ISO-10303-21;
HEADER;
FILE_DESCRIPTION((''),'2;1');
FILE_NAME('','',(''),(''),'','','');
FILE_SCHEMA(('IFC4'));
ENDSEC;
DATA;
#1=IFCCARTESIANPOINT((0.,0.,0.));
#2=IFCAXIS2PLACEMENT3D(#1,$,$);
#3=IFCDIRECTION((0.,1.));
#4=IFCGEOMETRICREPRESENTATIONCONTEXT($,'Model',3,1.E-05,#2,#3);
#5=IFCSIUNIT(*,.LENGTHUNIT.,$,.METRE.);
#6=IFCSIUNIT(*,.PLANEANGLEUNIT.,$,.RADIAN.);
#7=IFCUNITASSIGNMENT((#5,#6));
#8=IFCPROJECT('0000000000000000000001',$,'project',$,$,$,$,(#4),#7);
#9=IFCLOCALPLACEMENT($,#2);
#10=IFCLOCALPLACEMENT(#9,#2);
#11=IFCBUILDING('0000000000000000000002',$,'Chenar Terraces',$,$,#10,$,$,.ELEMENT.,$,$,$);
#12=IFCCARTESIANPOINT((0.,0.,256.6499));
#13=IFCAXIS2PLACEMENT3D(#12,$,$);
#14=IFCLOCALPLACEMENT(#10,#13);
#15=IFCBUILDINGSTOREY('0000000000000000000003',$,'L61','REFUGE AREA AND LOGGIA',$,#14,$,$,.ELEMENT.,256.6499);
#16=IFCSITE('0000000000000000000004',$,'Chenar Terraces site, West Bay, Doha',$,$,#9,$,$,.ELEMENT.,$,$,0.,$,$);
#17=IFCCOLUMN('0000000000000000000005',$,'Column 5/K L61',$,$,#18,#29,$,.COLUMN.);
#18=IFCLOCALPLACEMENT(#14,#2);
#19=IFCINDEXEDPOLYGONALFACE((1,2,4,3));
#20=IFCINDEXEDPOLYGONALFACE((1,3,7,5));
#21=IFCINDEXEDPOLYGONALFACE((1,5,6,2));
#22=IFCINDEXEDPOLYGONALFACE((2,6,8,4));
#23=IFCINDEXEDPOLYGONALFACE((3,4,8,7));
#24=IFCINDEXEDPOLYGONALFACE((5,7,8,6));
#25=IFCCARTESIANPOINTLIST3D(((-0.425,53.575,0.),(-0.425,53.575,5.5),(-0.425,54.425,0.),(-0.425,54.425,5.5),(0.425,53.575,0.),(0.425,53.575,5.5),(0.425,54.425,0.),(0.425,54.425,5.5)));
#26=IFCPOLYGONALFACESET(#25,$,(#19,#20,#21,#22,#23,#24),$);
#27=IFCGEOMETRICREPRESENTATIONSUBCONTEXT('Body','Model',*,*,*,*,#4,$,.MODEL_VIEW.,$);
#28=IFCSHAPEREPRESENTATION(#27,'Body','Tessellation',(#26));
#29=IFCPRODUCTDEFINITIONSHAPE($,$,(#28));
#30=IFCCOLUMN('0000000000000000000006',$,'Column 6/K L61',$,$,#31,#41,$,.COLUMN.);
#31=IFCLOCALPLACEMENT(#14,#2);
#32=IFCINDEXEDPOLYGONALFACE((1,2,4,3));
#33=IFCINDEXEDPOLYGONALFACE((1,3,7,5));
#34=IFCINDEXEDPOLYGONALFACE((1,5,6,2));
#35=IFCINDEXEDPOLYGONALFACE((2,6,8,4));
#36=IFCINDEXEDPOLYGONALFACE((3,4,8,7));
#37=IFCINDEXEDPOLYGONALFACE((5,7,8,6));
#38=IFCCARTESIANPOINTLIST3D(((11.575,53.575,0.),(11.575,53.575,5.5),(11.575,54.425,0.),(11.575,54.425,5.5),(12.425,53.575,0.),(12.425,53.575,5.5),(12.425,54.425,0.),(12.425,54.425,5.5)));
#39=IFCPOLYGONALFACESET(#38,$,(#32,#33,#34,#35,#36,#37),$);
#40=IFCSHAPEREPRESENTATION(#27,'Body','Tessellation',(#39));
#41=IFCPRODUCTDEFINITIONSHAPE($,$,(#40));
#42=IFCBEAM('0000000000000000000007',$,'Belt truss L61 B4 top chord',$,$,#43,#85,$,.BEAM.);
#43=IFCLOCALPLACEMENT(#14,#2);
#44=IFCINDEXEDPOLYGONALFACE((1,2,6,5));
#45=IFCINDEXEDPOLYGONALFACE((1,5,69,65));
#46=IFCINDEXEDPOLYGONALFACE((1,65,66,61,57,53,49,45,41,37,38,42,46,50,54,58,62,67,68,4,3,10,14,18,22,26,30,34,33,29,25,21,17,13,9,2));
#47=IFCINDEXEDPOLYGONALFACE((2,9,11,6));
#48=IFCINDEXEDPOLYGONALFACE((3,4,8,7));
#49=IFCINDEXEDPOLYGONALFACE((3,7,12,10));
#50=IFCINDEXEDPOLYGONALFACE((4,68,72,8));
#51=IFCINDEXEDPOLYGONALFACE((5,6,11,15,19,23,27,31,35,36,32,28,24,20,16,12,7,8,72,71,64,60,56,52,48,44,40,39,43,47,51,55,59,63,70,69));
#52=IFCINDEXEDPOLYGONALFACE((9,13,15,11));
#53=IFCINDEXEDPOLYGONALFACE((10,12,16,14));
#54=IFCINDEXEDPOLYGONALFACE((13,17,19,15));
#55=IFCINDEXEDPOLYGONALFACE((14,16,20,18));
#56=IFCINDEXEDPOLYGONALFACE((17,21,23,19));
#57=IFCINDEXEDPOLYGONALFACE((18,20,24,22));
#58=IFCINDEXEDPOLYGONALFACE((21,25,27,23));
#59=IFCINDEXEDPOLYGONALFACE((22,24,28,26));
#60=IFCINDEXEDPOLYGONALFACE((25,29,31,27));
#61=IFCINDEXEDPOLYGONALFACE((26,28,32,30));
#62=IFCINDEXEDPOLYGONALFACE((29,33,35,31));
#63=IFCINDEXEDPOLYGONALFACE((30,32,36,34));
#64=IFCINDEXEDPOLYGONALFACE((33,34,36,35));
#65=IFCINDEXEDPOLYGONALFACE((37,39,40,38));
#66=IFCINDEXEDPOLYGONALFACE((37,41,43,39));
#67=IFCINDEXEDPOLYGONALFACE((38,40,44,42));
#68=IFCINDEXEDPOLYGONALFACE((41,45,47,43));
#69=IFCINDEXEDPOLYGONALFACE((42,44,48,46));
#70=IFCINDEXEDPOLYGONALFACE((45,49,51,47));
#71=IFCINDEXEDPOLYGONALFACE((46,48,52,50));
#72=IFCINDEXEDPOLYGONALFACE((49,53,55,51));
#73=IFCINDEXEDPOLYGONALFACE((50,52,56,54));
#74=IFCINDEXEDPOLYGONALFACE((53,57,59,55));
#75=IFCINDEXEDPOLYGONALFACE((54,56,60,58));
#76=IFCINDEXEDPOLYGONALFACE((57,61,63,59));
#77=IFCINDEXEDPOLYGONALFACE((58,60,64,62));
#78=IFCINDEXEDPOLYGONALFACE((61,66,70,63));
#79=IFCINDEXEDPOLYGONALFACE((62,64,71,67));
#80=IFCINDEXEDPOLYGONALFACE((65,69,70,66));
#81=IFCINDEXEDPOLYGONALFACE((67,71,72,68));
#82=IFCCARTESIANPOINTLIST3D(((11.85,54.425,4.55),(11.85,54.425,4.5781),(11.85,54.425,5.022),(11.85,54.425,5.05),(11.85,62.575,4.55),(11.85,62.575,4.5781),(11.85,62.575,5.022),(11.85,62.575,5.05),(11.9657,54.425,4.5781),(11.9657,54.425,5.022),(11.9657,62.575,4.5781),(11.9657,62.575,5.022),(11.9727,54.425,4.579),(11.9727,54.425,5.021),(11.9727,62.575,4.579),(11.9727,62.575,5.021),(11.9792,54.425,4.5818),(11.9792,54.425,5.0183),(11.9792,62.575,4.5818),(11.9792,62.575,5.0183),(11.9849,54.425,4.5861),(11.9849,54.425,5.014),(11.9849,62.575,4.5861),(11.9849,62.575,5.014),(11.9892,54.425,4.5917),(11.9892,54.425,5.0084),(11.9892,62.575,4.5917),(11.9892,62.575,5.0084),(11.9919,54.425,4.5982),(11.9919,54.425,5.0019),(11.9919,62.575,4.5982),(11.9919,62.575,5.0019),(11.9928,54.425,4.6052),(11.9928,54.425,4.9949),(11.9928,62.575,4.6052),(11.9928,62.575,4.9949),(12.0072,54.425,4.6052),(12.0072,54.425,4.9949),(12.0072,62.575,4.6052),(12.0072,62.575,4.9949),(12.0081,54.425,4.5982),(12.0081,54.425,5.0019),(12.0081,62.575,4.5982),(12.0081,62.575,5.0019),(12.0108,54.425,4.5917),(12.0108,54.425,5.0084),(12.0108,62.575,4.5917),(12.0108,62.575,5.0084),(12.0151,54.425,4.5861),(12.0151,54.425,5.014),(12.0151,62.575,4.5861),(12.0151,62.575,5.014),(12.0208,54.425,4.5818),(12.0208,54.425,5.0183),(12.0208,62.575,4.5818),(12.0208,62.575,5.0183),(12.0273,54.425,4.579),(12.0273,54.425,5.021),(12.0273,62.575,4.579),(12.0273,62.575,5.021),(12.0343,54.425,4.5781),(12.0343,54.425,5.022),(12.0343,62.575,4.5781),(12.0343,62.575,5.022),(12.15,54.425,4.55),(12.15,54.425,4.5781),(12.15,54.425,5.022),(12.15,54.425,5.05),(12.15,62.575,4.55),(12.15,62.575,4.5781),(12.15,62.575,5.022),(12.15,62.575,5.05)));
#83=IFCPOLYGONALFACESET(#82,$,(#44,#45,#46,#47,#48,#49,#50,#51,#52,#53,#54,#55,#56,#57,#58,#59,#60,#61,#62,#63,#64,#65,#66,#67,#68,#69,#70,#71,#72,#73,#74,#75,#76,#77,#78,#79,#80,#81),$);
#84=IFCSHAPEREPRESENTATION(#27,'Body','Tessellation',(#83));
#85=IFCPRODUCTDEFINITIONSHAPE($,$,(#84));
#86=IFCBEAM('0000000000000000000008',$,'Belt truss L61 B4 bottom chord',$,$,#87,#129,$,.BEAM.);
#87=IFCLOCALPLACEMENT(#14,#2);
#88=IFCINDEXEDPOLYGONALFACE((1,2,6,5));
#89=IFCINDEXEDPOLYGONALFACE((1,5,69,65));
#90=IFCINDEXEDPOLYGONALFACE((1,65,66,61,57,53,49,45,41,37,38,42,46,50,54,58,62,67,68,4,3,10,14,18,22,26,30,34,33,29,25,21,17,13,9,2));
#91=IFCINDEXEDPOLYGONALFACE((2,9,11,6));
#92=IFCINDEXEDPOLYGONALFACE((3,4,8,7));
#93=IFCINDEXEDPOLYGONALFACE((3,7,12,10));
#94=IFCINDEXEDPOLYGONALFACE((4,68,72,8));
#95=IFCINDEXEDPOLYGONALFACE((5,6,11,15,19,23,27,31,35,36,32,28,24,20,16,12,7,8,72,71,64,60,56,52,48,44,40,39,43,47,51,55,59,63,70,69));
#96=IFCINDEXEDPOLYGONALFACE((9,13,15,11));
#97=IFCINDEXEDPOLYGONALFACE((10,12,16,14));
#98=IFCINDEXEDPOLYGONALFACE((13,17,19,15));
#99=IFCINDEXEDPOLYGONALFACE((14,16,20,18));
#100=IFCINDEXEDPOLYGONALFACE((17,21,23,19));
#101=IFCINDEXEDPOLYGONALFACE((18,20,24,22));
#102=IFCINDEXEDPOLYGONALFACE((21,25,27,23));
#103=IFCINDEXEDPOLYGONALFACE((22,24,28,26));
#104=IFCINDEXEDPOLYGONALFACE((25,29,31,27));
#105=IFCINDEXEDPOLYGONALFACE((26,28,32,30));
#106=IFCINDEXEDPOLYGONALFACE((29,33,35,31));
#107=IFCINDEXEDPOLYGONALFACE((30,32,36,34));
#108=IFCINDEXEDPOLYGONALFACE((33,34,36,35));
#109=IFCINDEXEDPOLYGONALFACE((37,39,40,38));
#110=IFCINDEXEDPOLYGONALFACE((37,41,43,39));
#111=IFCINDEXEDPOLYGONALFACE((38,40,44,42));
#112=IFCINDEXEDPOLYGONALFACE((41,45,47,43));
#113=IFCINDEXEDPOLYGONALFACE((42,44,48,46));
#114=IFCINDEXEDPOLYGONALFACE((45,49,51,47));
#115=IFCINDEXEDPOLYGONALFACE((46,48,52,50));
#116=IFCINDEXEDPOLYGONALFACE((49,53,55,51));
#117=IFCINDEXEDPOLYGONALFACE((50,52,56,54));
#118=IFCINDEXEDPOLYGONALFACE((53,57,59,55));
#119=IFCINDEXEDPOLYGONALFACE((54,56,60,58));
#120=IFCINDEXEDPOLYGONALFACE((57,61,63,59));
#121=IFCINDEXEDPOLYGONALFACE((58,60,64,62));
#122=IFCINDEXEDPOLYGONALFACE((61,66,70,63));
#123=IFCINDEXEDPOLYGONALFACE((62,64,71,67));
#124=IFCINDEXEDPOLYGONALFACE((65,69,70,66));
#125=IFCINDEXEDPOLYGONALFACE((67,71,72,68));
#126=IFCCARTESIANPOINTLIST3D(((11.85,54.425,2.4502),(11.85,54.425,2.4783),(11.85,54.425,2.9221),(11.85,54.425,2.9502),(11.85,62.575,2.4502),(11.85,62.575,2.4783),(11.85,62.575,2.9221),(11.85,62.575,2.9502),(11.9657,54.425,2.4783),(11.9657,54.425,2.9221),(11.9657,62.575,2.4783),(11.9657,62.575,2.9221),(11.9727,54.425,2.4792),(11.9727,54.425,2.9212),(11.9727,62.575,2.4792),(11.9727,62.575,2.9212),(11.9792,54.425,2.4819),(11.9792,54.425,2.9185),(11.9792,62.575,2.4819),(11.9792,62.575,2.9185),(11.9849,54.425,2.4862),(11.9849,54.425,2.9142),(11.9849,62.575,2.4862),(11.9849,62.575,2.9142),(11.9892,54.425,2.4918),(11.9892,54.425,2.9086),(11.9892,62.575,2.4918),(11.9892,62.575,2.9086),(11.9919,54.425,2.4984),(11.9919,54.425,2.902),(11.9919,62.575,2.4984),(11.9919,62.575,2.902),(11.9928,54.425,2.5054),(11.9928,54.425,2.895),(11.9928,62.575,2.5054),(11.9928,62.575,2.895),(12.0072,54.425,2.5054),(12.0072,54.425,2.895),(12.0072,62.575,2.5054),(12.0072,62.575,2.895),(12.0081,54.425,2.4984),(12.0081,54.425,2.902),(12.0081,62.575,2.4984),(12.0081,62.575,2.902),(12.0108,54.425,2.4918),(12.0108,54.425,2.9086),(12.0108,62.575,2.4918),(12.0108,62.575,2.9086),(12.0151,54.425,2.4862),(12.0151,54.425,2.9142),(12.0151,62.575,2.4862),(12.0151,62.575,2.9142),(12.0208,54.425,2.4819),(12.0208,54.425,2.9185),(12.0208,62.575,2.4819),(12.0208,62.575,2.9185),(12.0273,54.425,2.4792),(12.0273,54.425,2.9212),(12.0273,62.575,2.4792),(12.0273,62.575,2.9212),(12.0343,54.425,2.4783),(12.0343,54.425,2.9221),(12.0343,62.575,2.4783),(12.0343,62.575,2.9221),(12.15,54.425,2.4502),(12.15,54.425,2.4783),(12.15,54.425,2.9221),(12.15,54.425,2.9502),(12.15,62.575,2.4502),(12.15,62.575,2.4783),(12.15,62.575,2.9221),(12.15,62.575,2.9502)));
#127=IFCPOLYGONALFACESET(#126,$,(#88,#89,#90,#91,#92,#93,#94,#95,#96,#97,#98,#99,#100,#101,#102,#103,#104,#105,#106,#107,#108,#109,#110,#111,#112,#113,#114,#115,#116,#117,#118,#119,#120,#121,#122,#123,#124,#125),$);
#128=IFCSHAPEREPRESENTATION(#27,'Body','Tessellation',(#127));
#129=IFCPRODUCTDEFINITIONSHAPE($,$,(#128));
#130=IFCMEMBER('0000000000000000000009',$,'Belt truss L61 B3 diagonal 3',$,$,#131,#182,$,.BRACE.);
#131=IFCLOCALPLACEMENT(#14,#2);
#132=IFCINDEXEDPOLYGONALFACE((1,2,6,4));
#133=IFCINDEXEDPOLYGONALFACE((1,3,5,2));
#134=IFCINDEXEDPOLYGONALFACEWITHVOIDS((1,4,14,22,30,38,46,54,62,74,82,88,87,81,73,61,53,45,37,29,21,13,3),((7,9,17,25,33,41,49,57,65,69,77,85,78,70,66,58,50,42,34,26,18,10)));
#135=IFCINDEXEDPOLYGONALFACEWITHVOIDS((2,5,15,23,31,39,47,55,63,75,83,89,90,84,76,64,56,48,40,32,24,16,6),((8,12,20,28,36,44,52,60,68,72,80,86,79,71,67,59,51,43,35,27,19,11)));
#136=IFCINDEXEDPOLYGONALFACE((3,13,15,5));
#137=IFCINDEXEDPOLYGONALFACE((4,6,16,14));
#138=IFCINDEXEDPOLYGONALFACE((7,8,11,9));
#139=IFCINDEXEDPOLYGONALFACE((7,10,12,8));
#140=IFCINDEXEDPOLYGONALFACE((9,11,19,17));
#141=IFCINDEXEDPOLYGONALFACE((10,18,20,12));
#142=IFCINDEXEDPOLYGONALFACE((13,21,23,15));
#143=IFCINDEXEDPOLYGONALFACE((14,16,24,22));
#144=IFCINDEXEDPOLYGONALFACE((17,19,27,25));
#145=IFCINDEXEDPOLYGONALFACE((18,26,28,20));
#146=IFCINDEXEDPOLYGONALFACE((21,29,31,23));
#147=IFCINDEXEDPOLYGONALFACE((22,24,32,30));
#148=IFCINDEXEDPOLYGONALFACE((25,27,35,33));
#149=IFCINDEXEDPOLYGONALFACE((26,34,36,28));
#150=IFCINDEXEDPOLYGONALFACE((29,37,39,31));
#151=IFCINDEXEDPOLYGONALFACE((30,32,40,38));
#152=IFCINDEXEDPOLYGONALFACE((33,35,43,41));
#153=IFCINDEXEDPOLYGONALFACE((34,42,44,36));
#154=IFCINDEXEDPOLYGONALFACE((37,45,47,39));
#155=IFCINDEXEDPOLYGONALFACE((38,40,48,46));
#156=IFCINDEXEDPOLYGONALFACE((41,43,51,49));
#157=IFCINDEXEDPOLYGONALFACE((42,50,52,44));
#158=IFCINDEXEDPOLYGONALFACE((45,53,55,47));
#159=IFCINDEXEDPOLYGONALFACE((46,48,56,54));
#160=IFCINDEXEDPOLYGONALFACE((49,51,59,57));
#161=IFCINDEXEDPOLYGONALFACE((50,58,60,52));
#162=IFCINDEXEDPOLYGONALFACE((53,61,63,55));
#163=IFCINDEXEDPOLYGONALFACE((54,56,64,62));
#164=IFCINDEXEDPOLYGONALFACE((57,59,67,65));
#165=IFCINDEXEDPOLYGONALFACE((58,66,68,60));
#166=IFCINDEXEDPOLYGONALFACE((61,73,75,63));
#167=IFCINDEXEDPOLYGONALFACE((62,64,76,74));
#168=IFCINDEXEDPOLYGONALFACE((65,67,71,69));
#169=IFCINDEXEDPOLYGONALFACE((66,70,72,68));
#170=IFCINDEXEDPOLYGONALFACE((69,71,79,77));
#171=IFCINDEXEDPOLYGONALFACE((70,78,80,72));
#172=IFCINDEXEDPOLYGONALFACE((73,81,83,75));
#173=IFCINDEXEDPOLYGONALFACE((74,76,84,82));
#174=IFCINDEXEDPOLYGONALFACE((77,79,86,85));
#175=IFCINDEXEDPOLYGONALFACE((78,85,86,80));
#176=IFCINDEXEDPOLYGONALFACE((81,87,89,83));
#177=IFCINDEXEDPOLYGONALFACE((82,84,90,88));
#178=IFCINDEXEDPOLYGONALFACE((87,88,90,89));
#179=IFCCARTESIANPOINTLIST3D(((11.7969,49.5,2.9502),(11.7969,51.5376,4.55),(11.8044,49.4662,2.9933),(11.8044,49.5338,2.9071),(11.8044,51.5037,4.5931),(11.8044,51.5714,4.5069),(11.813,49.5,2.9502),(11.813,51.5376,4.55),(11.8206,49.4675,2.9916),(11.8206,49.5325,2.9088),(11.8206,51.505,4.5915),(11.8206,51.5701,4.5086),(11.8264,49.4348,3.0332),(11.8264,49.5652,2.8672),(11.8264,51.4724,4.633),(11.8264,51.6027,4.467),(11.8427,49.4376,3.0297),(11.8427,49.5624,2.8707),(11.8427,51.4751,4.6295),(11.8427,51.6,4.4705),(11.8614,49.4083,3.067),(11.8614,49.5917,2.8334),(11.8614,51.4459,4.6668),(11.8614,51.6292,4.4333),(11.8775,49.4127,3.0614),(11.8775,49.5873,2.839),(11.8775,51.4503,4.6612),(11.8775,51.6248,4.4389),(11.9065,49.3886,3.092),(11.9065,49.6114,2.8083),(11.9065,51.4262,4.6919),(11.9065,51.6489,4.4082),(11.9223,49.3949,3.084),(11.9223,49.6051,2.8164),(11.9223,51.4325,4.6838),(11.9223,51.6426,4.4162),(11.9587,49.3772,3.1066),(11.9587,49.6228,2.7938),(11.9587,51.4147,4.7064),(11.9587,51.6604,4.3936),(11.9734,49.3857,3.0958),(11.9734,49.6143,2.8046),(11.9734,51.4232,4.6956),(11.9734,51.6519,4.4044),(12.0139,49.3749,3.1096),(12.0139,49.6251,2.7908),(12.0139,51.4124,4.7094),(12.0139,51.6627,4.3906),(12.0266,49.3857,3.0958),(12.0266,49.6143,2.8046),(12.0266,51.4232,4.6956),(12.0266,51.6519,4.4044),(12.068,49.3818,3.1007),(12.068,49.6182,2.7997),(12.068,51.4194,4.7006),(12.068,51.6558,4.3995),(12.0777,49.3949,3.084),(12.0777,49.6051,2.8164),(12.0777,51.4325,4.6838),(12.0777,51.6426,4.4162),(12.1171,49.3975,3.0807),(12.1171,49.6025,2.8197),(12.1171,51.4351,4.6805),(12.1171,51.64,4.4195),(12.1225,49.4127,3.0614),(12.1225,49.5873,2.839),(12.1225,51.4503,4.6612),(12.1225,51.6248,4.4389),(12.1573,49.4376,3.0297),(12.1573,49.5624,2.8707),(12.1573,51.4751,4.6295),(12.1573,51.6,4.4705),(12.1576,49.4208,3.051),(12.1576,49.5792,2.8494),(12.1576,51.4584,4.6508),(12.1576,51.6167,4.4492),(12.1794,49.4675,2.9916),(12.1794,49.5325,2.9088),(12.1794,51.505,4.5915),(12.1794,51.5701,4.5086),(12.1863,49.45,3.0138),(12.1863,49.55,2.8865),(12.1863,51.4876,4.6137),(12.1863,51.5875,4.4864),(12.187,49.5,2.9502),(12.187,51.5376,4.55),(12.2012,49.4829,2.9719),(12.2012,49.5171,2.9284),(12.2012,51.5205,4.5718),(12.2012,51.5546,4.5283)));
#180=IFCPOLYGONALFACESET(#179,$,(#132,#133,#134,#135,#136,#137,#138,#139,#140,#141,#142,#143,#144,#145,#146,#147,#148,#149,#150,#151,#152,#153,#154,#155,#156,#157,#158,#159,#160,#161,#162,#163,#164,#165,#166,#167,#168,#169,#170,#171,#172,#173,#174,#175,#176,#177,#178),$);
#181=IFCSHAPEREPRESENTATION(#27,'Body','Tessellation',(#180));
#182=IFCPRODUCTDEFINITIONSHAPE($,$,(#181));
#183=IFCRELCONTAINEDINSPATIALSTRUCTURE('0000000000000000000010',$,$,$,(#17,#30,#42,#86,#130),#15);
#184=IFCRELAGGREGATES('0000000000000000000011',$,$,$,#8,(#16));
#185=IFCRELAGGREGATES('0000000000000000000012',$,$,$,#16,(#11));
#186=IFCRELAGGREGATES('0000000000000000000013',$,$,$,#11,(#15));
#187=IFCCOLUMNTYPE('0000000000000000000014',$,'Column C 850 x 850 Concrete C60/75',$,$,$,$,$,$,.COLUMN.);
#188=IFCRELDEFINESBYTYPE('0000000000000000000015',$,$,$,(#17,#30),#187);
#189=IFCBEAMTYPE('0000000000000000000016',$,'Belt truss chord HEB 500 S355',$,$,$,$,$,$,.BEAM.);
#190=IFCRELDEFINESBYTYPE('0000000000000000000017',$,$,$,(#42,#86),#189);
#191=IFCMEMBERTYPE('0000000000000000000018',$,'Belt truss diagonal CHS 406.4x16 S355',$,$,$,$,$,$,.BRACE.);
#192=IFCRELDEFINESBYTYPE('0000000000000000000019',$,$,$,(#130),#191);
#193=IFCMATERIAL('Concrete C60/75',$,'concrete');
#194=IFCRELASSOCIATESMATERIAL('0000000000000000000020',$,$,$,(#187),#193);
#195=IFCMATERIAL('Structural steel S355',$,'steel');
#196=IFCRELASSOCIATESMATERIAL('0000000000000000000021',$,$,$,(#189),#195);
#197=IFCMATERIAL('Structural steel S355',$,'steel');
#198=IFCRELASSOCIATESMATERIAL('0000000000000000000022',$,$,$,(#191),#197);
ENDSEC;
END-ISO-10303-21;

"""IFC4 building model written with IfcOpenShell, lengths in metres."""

from ifc_helpers import new_model, si_unit, direction, frame, origin, origin_2d, place, context, subcontext, project, spatial, rectangle, hollow_circle, i_section, extrude, material, material_profile, profile_set, type_object, element, save


model = new_model("IFC4")

# Units and contexts
model_context = context("Model", 3, precision=1e-05, world=origin(), true_north=direction((0.0, 1.0)))
body_context = subcontext(model_context, "Body", "Model", "MODEL_VIEW")
ifc_project = project(units=[si_unit("LENGTHUNIT", "METRE"), si_unit("PLANEANGLEUNIT", "RADIAN")], contexts=[model_context])

# Site, building, storey
site_placement = place(None, origin())
site = spatial("IfcSite", under=ifc_project, at=site_placement, Name="Chenar Terraces site, West Bay, Doha", CompositionType="ELEMENT", RefElevation=0.0)
building_placement = place(site_placement, origin())
building = spatial("IfcBuilding", under=site, at=building_placement, Name="Chenar Terraces", CompositionType="ELEMENT")
storey_placement = place(building_placement, frame((0.0, 0.0, 256.6499)))
storey = spatial("IfcBuildingStorey", under=building, at=storey_placement, Name="L61", Description="REFUGE AREA AND LOGGIA", CompositionType="ELEMENT", Elevation=256.6499)

# Columns
ifc_material_1 = material(Name="Concrete C60/75", Category="concrete")
ifc_material_profile_1 = material_profile(ifc_material_1, rectangle(XDim=0.8501, YDim=0.8501, at=origin_2d()), Name="C 850 x 850")
ifc_profile_set_1 = profile_set([ifc_material_profile_1], Name="Concrete C60/75")
column_type = type_object("IfcColumnType", Name="Column C 850 x 850 Concrete C60/75", PredefinedType="COLUMN", material=ifc_profile_set_1)
for number, where, z_axis, x_axis, name in (
    (1, (0.0, 54.0, 0.0), (0.0, 0.0, 1.0), (1.0, 0.0, 0.0), "Column 5/K L61"),
    (2, (12.0, 54.0, 0.0), (0.0, 0.0, 1.0), (1.0, 0.0, 0.0), "Column 6/K L61"),
):
    element("IfcColumn", number, at=place(storey_placement, frame(where, z_axis=z_axis, x_axis=x_axis)), inside=storey, type_object=column_type, Name=name, PredefinedType="COLUMN", context=body_context, shape_type="SweptSolid", body=[
        extrude(rectangle(XDim=0.8501, YDim=0.8501, at=origin_2d()), origin(), (0.0, 0.0, 1.0), 5.5),
    ])

# Beams
ifc_material_2 = material(Name="Structural steel S355", Category="steel")
ifc_material_profile_2 = material_profile(ifc_material_2, i_section(OverallWidth=0.3, OverallDepth=0.5, WebThickness=0.0144, FlangeThickness=0.0281, FilletRadius=0.0271, at=origin_2d()), Name="HEB 500")
ifc_profile_set_2 = profile_set([ifc_material_profile_2], Name="Structural steel S355")
beam_type_1 = type_object("IfcBeamType", Name="Belt truss chord HEB 500 S355", PredefinedType="BEAM", material=ifc_profile_set_2)
for number, where, z_axis, x_axis, name in (
    (3, (12.0, 54.425, 4.8), (0.0, 1.0, 0.0), (-1.0, 0.0, 0.0), "Belt truss L61 B4 top chord"),
    (4, (12.0, 54.425, 2.7002), (0.0, 1.0, 0.0), (-1.0, 0.0, 0.0), "Belt truss L61 B4 bottom chord"),
):
    element("IfcBeam", number, at=place(storey_placement, frame(where, z_axis=z_axis, x_axis=x_axis)), inside=storey, type_object=beam_type_1, Name=name, PredefinedType="BEAM", context=body_context, shape_type="SweptSolid", body=[
        extrude(i_section(OverallWidth=0.3, OverallDepth=0.5, WebThickness=0.0144, FlangeThickness=0.0281, FilletRadius=0.0271, at=origin_2d()), origin(), (0.0, 0.0, 1.0), 8.1499),
    ])

# Member
ifc_material_3 = material(Name="Structural steel S355", Category="steel")
ifc_material_profile_3 = material_profile(ifc_material_3, hollow_circle(Radius=0.2031, WallThickness=0.0161, at=origin_2d()), Name="CHS 406.4x16")
ifc_profile_set_3 = profile_set([ifc_material_profile_3], Name="Structural steel S355")
member_type = type_object("IfcMemberType", Name="Belt truss diagonal CHS 406.4x16 S355", PredefinedType="BRACE", material=ifc_profile_set_3)
member_placement = place(storey_placement, frame((12.0, 49.5, 2.9502), z_axis=(0.0, 0.786528, 0.617555), x_axis=(-1.0, 0.0, 0.0)))
element("IfcMember", 5, at=member_placement, inside=storey, type_object=member_type, Name="Belt truss L61 B3 diagonal 3", PredefinedType="BRACE", context=body_context, shape_type="SweptSolid", body=[
    extrude(hollow_circle(Radius=0.2031, WallThickness=0.0161, at=origin_2d()), origin(), (0.0, 0.0, 1.0), 2.5906),
])

save(model, "model.ifc")
